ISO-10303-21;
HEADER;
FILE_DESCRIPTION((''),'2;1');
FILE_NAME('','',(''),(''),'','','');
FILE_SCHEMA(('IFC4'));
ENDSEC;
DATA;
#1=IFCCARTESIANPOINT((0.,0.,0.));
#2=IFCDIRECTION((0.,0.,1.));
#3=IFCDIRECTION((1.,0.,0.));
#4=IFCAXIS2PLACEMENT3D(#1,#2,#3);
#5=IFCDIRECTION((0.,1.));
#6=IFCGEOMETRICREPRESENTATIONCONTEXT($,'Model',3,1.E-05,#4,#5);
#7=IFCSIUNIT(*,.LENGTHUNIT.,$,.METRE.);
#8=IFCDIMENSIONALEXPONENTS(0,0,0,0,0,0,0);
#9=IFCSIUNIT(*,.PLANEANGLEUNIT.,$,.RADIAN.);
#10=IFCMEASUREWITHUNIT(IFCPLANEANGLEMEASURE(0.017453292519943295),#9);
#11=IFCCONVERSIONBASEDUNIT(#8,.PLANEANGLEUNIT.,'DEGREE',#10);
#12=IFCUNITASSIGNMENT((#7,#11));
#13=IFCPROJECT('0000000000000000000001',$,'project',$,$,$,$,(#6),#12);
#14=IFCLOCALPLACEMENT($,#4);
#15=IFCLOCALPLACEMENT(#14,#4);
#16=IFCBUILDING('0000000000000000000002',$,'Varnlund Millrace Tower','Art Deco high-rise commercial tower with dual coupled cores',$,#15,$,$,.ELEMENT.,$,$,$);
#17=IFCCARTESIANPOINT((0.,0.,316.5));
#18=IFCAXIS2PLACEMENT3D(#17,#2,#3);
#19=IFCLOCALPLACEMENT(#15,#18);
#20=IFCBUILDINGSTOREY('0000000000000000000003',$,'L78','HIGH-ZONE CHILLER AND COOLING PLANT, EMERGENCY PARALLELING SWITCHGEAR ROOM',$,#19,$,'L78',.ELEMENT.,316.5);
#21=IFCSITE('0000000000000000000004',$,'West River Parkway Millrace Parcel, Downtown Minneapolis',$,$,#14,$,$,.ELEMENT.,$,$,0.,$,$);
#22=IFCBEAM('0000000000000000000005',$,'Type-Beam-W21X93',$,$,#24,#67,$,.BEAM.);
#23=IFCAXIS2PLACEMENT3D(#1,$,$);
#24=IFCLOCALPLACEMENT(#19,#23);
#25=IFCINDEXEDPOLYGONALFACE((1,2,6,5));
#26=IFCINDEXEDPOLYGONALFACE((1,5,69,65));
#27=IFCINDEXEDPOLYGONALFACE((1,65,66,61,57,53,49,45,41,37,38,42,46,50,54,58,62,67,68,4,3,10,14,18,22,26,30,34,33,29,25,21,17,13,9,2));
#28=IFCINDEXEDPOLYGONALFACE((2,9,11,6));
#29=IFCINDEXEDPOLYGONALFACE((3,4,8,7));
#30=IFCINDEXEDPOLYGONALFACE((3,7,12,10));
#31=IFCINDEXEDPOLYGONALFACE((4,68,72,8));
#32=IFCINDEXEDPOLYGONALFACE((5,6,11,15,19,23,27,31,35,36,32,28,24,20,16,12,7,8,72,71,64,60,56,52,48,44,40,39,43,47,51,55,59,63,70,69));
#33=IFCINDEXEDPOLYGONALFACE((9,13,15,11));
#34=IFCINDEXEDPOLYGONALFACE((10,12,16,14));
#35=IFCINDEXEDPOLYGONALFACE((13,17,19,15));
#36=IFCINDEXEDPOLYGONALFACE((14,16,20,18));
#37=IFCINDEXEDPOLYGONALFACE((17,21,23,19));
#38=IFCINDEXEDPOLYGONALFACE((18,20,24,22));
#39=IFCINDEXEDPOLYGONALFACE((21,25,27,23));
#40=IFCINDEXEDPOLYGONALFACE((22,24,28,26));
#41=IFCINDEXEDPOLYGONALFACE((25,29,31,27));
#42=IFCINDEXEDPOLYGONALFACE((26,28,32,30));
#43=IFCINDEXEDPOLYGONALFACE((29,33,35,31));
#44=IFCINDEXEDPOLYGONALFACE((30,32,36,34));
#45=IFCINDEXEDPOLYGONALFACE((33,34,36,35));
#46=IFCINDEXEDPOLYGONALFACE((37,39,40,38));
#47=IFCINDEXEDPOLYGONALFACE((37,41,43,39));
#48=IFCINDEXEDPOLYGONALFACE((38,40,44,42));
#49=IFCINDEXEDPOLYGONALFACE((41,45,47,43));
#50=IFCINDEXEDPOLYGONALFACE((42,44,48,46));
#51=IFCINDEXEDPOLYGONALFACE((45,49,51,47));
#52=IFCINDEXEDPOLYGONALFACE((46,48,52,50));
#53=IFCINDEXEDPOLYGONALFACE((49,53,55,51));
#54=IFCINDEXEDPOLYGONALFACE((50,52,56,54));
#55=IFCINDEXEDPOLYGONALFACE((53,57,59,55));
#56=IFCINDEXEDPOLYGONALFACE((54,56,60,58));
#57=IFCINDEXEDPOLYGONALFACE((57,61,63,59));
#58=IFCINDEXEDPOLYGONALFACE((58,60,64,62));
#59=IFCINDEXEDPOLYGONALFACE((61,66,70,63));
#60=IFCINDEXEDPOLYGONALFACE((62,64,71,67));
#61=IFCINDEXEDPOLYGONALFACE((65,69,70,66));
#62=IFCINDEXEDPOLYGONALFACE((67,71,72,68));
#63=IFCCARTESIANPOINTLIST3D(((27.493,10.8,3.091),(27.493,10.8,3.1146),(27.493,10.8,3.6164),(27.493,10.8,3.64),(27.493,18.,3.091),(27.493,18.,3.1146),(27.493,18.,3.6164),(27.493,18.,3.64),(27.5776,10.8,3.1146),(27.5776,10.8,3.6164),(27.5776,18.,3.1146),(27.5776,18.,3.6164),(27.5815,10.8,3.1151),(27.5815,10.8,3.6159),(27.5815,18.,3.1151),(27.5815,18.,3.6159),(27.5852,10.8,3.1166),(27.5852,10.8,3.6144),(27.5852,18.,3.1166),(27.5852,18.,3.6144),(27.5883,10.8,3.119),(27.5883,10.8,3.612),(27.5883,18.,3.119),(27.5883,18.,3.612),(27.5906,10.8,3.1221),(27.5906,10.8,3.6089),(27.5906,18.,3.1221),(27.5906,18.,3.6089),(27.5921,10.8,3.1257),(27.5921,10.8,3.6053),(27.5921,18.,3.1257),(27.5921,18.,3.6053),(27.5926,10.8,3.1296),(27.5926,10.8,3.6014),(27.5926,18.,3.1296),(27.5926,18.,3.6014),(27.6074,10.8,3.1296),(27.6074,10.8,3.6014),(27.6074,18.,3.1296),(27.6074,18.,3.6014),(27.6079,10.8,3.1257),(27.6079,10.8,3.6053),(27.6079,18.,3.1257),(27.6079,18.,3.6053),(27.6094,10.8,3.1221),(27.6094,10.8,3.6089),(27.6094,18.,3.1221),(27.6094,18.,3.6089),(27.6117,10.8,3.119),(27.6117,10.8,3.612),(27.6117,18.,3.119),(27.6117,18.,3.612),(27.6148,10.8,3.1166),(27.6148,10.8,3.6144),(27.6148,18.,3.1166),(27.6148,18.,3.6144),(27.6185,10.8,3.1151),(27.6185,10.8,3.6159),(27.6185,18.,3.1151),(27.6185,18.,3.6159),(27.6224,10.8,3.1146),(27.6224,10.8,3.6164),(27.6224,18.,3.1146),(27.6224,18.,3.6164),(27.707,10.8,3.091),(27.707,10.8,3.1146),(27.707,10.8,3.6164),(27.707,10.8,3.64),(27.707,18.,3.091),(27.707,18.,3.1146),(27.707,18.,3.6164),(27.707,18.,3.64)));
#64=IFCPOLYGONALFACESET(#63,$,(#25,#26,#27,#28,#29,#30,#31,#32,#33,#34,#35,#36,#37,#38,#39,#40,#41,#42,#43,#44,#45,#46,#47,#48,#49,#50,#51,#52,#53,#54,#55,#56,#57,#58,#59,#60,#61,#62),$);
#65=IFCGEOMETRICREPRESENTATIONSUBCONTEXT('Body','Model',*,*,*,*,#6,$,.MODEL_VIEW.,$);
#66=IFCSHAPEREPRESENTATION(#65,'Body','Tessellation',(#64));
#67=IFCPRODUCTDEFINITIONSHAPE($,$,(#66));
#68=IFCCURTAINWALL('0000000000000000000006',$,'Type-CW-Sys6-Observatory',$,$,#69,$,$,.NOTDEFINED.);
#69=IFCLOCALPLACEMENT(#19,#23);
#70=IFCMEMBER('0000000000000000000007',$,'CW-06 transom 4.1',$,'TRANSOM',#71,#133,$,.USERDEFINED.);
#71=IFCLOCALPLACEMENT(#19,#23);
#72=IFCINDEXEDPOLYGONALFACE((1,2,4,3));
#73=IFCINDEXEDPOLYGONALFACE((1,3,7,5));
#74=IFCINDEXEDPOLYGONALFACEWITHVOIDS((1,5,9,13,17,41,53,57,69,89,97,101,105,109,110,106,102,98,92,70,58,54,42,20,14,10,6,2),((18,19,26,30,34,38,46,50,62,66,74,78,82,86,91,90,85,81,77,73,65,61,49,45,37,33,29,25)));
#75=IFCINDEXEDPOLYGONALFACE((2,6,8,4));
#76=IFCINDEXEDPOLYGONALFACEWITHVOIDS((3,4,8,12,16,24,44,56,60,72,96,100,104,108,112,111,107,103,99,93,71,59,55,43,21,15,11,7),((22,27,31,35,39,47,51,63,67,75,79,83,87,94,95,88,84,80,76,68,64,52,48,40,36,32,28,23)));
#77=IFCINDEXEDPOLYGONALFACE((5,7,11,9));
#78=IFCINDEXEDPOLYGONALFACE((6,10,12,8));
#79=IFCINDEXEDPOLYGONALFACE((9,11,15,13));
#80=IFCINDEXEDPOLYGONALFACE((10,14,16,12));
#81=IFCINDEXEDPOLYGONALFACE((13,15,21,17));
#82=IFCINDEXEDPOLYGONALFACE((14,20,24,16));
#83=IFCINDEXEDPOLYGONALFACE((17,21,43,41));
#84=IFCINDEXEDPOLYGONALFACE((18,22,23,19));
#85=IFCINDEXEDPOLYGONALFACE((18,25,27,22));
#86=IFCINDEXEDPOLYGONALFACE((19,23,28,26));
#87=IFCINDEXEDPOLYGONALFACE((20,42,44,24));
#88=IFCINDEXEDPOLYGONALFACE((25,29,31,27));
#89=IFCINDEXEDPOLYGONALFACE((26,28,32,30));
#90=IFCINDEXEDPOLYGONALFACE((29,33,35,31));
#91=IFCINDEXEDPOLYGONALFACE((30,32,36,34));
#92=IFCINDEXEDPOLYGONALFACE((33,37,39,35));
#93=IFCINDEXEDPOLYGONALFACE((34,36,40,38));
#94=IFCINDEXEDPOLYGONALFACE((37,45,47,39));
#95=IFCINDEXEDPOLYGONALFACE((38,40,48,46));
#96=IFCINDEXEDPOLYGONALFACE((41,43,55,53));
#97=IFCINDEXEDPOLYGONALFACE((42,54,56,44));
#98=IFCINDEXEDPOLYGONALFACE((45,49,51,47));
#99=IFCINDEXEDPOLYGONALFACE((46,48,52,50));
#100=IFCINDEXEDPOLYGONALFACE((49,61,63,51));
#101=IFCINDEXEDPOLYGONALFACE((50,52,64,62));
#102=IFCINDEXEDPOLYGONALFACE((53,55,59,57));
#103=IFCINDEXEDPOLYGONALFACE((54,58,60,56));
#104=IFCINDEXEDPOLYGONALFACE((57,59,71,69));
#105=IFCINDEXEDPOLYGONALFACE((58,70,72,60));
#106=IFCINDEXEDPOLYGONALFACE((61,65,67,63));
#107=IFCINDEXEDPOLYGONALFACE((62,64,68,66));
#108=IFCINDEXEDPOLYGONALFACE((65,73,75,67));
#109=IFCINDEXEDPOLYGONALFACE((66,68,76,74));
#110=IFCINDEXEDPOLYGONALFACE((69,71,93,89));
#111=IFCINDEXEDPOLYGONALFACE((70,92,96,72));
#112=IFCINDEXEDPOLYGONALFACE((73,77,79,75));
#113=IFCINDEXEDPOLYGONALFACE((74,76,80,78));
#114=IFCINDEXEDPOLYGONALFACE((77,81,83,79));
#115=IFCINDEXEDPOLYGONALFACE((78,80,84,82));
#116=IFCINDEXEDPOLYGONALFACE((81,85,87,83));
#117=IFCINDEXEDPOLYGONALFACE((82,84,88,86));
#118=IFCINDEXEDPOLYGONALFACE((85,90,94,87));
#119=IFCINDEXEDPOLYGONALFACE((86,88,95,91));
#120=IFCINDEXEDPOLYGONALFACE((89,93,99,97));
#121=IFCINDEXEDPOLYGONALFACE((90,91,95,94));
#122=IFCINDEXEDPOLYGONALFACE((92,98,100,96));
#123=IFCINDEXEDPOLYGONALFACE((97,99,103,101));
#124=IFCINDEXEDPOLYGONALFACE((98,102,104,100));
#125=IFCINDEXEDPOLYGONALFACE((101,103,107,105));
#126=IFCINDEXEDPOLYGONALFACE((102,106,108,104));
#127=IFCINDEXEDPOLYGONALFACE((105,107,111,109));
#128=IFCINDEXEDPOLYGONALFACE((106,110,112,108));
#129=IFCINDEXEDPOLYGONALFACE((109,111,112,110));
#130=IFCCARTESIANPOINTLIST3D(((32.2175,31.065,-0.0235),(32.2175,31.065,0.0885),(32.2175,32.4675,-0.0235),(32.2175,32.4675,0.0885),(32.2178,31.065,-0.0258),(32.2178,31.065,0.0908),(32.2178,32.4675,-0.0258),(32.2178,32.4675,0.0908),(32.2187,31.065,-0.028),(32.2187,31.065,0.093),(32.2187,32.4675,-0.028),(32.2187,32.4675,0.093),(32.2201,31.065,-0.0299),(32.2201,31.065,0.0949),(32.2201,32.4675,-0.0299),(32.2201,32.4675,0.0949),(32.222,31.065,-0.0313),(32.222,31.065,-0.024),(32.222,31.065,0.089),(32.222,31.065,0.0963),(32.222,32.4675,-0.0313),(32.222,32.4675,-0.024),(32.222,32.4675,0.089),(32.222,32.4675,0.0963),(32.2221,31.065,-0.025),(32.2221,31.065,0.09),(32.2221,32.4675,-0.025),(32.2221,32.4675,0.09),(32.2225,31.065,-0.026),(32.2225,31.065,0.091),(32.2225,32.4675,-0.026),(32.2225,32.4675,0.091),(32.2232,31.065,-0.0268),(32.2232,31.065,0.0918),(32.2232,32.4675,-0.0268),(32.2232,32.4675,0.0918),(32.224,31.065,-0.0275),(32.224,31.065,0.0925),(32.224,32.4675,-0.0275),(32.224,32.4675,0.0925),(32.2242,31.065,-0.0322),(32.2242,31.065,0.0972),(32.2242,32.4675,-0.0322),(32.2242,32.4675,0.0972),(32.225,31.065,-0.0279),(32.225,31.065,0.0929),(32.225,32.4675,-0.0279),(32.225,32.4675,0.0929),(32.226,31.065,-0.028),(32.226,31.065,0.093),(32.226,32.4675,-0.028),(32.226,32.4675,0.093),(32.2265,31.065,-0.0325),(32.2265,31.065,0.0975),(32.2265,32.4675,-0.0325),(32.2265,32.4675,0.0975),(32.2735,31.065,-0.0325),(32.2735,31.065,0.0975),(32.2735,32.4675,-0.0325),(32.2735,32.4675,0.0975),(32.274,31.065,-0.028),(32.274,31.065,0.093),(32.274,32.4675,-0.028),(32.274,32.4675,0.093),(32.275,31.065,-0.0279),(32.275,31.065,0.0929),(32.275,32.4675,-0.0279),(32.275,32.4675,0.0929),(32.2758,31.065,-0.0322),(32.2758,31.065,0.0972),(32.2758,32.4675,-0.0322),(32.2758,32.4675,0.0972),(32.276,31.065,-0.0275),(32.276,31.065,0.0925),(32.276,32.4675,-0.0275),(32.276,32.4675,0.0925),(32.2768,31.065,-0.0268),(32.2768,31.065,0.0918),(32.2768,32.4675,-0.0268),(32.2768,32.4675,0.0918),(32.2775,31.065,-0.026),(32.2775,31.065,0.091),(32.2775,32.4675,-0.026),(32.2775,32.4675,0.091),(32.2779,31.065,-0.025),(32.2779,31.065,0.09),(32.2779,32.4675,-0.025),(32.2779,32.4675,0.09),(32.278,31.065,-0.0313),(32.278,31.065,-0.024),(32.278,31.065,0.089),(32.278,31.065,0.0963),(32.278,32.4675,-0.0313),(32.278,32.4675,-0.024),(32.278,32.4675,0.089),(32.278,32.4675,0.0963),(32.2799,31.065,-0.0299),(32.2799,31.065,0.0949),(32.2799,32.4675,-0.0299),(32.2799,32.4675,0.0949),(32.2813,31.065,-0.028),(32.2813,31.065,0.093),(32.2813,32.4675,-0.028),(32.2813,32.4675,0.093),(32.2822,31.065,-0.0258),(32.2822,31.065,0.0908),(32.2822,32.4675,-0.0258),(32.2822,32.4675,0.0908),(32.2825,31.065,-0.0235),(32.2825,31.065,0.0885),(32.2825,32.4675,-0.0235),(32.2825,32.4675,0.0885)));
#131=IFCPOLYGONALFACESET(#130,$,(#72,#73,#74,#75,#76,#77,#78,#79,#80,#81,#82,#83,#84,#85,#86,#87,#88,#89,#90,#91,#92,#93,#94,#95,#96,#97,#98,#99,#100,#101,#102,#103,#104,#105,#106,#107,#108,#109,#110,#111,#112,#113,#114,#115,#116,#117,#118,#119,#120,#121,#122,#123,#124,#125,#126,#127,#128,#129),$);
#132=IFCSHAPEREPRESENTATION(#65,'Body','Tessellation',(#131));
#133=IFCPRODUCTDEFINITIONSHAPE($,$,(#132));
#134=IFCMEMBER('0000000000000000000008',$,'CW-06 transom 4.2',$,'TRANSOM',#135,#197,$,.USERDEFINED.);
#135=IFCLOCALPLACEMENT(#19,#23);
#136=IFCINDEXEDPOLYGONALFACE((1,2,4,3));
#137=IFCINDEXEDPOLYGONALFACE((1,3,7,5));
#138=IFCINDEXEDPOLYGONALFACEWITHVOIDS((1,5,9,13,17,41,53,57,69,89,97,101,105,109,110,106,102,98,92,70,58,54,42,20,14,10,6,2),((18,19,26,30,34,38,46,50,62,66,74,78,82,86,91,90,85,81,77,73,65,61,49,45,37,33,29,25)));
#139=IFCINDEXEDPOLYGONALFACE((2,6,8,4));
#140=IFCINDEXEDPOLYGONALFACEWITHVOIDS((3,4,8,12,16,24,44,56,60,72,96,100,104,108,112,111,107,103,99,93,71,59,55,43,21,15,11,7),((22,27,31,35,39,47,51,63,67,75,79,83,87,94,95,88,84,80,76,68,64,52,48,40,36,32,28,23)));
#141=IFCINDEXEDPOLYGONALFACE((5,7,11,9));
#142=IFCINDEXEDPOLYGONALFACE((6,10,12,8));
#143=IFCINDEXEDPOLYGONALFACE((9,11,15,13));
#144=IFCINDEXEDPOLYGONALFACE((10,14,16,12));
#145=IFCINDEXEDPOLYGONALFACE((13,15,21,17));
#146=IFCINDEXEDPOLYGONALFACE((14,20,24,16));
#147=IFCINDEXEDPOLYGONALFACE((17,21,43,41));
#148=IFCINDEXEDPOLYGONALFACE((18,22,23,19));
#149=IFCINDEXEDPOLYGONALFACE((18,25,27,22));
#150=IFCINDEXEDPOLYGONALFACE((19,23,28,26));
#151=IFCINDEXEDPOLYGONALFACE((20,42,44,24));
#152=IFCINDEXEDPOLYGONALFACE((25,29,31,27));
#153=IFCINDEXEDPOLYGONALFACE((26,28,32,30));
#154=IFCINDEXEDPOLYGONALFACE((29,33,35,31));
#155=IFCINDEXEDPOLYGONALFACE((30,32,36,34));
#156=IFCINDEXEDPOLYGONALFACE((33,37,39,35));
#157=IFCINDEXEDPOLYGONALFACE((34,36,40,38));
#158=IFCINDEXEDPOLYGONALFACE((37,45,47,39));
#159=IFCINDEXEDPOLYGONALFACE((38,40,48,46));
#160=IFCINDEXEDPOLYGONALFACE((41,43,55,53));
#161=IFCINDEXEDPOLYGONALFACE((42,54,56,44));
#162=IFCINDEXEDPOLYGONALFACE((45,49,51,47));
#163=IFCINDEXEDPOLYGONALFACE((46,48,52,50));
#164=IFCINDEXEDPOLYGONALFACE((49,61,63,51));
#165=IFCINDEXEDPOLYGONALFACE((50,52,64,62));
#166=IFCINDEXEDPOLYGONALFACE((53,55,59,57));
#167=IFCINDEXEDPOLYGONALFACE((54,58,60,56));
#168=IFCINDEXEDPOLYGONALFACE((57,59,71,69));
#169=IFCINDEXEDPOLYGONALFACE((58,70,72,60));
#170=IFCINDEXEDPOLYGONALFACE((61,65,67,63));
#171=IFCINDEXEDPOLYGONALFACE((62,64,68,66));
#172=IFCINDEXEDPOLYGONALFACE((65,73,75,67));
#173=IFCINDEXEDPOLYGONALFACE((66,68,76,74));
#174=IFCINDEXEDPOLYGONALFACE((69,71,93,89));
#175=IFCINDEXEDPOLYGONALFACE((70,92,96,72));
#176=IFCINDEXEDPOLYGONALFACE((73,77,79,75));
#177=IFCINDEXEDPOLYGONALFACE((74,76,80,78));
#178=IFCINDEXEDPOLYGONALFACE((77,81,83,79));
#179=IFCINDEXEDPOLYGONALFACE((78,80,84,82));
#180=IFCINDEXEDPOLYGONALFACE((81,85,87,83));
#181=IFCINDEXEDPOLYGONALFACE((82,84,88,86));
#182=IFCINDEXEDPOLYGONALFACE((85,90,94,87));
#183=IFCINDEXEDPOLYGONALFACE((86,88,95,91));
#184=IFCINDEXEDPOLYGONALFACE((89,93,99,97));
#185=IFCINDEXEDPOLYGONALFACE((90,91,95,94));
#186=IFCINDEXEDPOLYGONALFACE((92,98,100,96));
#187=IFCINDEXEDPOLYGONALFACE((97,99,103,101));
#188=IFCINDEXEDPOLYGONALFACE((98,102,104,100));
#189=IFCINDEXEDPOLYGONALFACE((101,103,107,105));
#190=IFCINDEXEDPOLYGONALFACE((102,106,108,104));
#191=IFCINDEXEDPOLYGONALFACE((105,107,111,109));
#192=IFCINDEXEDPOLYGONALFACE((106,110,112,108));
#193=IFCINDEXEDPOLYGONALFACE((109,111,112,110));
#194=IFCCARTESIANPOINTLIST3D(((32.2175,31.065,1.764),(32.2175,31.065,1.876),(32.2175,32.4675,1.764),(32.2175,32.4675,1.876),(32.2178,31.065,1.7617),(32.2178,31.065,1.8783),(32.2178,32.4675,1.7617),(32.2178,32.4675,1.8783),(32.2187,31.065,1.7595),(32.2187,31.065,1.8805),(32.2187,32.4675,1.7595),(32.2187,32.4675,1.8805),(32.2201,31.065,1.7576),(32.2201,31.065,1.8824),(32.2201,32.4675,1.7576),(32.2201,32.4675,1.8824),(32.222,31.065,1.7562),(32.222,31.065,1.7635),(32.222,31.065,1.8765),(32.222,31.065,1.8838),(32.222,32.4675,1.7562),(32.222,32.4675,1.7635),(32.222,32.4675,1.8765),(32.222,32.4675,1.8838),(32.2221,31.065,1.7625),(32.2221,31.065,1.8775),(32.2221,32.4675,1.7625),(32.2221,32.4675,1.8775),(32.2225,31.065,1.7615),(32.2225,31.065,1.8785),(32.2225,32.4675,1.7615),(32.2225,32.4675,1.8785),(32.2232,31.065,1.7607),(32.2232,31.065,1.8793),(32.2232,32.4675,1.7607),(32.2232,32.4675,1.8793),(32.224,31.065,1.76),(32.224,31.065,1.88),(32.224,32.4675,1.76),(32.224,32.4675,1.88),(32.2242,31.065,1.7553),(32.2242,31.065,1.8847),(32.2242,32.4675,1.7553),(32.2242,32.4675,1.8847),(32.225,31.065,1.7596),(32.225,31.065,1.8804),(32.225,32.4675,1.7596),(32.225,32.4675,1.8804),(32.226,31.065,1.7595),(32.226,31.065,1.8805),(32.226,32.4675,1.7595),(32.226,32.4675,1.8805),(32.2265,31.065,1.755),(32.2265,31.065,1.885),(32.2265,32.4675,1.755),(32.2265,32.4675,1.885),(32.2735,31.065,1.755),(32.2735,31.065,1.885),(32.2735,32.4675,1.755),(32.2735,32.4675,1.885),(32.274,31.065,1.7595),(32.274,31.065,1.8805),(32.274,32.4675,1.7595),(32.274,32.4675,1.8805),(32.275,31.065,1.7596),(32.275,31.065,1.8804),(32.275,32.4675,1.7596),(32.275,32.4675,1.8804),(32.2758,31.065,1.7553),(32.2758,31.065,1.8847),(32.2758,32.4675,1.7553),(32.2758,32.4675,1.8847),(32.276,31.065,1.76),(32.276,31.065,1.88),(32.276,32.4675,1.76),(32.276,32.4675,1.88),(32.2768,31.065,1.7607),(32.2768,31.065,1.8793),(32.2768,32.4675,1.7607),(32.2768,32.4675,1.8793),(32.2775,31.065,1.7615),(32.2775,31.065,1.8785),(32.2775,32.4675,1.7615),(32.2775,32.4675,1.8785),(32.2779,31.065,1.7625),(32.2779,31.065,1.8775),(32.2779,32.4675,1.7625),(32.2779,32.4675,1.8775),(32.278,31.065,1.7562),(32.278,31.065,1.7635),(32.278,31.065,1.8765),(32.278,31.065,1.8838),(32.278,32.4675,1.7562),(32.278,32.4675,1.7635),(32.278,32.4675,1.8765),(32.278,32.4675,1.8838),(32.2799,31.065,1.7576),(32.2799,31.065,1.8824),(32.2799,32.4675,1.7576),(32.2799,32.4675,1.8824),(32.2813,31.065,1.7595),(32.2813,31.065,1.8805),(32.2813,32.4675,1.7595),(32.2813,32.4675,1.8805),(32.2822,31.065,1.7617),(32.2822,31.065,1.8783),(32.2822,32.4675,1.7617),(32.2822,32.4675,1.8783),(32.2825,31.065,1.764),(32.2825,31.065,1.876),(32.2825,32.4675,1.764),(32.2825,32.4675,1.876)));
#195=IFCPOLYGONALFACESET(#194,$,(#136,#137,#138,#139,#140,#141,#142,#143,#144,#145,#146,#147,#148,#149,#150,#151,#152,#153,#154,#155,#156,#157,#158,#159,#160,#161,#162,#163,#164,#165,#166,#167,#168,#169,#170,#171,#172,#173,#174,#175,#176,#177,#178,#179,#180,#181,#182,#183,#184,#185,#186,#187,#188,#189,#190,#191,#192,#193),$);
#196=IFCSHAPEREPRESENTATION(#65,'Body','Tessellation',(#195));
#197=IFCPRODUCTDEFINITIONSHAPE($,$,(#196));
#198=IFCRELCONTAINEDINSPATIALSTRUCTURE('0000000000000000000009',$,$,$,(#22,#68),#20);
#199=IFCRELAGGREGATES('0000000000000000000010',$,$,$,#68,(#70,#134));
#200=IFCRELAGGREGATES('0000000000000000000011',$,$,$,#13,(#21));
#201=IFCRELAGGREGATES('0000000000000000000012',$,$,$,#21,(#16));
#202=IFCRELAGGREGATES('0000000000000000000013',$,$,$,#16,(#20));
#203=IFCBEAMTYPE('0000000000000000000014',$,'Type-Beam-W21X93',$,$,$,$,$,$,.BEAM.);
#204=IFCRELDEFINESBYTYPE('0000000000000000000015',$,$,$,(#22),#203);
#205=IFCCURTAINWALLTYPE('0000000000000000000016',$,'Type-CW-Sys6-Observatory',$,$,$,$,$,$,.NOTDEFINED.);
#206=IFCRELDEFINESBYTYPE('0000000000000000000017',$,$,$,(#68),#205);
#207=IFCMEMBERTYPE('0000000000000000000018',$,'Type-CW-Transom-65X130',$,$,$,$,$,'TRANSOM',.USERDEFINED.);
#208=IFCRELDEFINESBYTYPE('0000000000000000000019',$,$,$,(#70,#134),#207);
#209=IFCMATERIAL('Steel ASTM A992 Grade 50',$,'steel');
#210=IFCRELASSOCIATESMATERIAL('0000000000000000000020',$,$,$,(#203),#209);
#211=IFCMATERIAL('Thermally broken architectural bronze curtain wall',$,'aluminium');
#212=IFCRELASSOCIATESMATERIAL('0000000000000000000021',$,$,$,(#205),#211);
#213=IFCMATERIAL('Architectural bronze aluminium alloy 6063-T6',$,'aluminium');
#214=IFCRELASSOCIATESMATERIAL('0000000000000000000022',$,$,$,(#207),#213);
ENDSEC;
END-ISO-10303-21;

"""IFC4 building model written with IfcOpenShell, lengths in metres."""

from ifc_helpers import new_model, entity, si_unit, converted_unit, direction, frame, origin_with_axes, origin_2d_with_axis, place, context, subcontext, project, spatial, hollow_rectangle, i_section, extrude, material, material_profile, profile_set, type_object, element, aggregate, save


model = new_model("IFC4")

# Units and contexts
model_context = context("Model", 3, precision=1e-05, world=origin_with_axes(), true_north=direction((0.0, 1.0)))
body_context = subcontext(model_context, "Body", "Model", "MODEL_VIEW")
ifc_project = project(units=[si_unit("LENGTHUNIT", "METRE"), converted_unit("PLANEANGLEUNIT", "DEGREE", entity("IfcPlaneAngleMeasure", 0.017453292519943295), si_unit("PLANEANGLEUNIT", "RADIAN"), dimensions=[0, 0, 0, 0, 0, 0, 0])], contexts=[model_context])

# Site, building, storey
site_placement = place(None, origin_with_axes())
site = spatial("IfcSite", under=ifc_project, at=site_placement, Name="West River Parkway Millrace Parcel, Downtown Minneapolis", CompositionType="ELEMENT", RefElevation=0.0)
building_placement = place(site_placement, origin_with_axes())
building = spatial("IfcBuilding", under=site, at=building_placement, Name="Varnlund Millrace Tower", Description="Art Deco high-rise commercial tower with dual coupled cores", CompositionType="ELEMENT")
storey_placement = place(building_placement, frame((0.0, 0.0, 316.5), z_axis=(0.0, 0.0, 1.0), x_axis=(1.0, 0.0, 0.0)))
storey = spatial("IfcBuildingStorey", under=building, at=storey_placement, Name="L78", Description="HIGH-ZONE CHILLER AND COOLING PLANT, EMERGENCY PARALLELING SWITCHGEAR ROOM", LongName="L78", CompositionType="ELEMENT", Elevation=316.5)

# Beam
ifc_material_1 = material(Name="Steel ASTM A992 Grade 50", Category="steel")
ifc_material_profile_1 = material_profile(ifc_material_1, i_section(OverallWidth=0.214, OverallDepth=0.549, WebThickness=0.0147, FlangeThickness=0.0236, FilletRadius=0.015, at=origin_2d_with_axis()), Name="Steel ASTM A992 Grade 50")
ifc_profile_set_1 = profile_set([ifc_material_profile_1], Name="Steel ASTM A992 Grade 50")
beam_type_1 = type_object("IfcBeamType", Name="Type-Beam-W21X93", PredefinedType="BEAM", material=ifc_profile_set_1)
beam_1_placement = place(storey_placement, frame((27.6, 10.8, 3.3655), z_axis=(0.0, 1.0, 0.0), x_axis=(-1.0, 0.0, 0.0)))
element("IfcBeam", 1, at=beam_1_placement, inside=storey, type_object=beam_type_1, Name="Type-Beam-W21X93", PredefinedType="BEAM", context=body_context, shape_type="SweptSolid", body=[
    extrude(i_section(OverallWidth=0.214, OverallDepth=0.549, WebThickness=0.0147, FlangeThickness=0.0236, FilletRadius=0.015, at=origin_2d_with_axis()), origin_with_axes(), (0.0, 0.0, 1.0), 7.2),
])

# Curtain wall, members
ifc_material_2 = material(Name="Thermally broken architectural bronze curtain wall", Category="aluminium")
curtain_wall_type = type_object("IfcCurtainWallType", Name="Type-CW-Sys6-Observatory", PredefinedType="NOTDEFINED", material=ifc_material_2)
curtain_wall_placement = place(storey_placement, frame((32.25, 37.0, 0.0), z_axis=(0.0, 0.0, 1.0), x_axis=(1.0, 0.0, 0.0)))
curtain_wall = element("IfcCurtainWall", 2, at=curtain_wall_placement, inside=storey, type_object=curtain_wall_type, Name="Type-CW-Sys6-Observatory", PredefinedType="NOTDEFINED")
ifc_material_3 = material(Name="Architectural bronze aluminium alloy 6063-T6", Category="aluminium")
ifc_material_profile_2 = material_profile(ifc_material_3, hollow_rectangle(XDim=0.065, YDim=0.13, WallThickness=0.0045, InnerFilletRadius=0.004, OuterFilletRadius=0.009, at=origin_2d_with_axis()), Name="Architectural bronze aluminium alloy 6063-T6")
ifc_profile_set_2 = profile_set([ifc_material_profile_2], Name="Architectural bronze aluminium alloy 6063-T6")
member_type = type_object("IfcMemberType", Name="Type-CW-Transom-65X130", ElementType="TRANSOM", PredefinedType="USERDEFINED", material=ifc_profile_set_2)
member_1_placement = place(storey_placement, frame((32.25, 32.4675, 0.0325), z_axis=(0.0, -1.0, 0.0), x_axis=(1.0, 0.0, 0.0)))
member_1 = element("IfcMember", 3, at=member_1_placement, type_object=member_type, Name="CW-06 transom 4.1", ObjectType="TRANSOM", PredefinedType="USERDEFINED", context=body_context, shape_type="SweptSolid", body=[
    extrude(hollow_rectangle(XDim=0.065, YDim=0.13, WallThickness=0.0045, InnerFilletRadius=0.004, OuterFilletRadius=0.009, at=origin_2d_with_axis()), origin_with_axes(), (0.0, 0.0, 1.0), 1.4025),
])
member_2_placement = place(storey_placement, frame((32.25, 32.4675, 1.82), z_axis=(0.0, -1.0, 0.0), x_axis=(1.0, 0.0, 0.0)))
member_2 = element("IfcMember", 4, at=member_2_placement, type_object=member_type, Name="CW-06 transom 4.2", ObjectType="TRANSOM", PredefinedType="USERDEFINED", context=body_context, shape_type="SweptSolid", body=[
    extrude(hollow_rectangle(XDim=0.065, YDim=0.13, WallThickness=0.0045, InnerFilletRadius=0.004, OuterFilletRadius=0.009, at=origin_2d_with_axis()), origin_with_axes(), (0.0, 0.0, 1.0), 1.4025),
])

aggregate(curtain_wall, [member_1, member_2])

save(model, "model.ifc")
